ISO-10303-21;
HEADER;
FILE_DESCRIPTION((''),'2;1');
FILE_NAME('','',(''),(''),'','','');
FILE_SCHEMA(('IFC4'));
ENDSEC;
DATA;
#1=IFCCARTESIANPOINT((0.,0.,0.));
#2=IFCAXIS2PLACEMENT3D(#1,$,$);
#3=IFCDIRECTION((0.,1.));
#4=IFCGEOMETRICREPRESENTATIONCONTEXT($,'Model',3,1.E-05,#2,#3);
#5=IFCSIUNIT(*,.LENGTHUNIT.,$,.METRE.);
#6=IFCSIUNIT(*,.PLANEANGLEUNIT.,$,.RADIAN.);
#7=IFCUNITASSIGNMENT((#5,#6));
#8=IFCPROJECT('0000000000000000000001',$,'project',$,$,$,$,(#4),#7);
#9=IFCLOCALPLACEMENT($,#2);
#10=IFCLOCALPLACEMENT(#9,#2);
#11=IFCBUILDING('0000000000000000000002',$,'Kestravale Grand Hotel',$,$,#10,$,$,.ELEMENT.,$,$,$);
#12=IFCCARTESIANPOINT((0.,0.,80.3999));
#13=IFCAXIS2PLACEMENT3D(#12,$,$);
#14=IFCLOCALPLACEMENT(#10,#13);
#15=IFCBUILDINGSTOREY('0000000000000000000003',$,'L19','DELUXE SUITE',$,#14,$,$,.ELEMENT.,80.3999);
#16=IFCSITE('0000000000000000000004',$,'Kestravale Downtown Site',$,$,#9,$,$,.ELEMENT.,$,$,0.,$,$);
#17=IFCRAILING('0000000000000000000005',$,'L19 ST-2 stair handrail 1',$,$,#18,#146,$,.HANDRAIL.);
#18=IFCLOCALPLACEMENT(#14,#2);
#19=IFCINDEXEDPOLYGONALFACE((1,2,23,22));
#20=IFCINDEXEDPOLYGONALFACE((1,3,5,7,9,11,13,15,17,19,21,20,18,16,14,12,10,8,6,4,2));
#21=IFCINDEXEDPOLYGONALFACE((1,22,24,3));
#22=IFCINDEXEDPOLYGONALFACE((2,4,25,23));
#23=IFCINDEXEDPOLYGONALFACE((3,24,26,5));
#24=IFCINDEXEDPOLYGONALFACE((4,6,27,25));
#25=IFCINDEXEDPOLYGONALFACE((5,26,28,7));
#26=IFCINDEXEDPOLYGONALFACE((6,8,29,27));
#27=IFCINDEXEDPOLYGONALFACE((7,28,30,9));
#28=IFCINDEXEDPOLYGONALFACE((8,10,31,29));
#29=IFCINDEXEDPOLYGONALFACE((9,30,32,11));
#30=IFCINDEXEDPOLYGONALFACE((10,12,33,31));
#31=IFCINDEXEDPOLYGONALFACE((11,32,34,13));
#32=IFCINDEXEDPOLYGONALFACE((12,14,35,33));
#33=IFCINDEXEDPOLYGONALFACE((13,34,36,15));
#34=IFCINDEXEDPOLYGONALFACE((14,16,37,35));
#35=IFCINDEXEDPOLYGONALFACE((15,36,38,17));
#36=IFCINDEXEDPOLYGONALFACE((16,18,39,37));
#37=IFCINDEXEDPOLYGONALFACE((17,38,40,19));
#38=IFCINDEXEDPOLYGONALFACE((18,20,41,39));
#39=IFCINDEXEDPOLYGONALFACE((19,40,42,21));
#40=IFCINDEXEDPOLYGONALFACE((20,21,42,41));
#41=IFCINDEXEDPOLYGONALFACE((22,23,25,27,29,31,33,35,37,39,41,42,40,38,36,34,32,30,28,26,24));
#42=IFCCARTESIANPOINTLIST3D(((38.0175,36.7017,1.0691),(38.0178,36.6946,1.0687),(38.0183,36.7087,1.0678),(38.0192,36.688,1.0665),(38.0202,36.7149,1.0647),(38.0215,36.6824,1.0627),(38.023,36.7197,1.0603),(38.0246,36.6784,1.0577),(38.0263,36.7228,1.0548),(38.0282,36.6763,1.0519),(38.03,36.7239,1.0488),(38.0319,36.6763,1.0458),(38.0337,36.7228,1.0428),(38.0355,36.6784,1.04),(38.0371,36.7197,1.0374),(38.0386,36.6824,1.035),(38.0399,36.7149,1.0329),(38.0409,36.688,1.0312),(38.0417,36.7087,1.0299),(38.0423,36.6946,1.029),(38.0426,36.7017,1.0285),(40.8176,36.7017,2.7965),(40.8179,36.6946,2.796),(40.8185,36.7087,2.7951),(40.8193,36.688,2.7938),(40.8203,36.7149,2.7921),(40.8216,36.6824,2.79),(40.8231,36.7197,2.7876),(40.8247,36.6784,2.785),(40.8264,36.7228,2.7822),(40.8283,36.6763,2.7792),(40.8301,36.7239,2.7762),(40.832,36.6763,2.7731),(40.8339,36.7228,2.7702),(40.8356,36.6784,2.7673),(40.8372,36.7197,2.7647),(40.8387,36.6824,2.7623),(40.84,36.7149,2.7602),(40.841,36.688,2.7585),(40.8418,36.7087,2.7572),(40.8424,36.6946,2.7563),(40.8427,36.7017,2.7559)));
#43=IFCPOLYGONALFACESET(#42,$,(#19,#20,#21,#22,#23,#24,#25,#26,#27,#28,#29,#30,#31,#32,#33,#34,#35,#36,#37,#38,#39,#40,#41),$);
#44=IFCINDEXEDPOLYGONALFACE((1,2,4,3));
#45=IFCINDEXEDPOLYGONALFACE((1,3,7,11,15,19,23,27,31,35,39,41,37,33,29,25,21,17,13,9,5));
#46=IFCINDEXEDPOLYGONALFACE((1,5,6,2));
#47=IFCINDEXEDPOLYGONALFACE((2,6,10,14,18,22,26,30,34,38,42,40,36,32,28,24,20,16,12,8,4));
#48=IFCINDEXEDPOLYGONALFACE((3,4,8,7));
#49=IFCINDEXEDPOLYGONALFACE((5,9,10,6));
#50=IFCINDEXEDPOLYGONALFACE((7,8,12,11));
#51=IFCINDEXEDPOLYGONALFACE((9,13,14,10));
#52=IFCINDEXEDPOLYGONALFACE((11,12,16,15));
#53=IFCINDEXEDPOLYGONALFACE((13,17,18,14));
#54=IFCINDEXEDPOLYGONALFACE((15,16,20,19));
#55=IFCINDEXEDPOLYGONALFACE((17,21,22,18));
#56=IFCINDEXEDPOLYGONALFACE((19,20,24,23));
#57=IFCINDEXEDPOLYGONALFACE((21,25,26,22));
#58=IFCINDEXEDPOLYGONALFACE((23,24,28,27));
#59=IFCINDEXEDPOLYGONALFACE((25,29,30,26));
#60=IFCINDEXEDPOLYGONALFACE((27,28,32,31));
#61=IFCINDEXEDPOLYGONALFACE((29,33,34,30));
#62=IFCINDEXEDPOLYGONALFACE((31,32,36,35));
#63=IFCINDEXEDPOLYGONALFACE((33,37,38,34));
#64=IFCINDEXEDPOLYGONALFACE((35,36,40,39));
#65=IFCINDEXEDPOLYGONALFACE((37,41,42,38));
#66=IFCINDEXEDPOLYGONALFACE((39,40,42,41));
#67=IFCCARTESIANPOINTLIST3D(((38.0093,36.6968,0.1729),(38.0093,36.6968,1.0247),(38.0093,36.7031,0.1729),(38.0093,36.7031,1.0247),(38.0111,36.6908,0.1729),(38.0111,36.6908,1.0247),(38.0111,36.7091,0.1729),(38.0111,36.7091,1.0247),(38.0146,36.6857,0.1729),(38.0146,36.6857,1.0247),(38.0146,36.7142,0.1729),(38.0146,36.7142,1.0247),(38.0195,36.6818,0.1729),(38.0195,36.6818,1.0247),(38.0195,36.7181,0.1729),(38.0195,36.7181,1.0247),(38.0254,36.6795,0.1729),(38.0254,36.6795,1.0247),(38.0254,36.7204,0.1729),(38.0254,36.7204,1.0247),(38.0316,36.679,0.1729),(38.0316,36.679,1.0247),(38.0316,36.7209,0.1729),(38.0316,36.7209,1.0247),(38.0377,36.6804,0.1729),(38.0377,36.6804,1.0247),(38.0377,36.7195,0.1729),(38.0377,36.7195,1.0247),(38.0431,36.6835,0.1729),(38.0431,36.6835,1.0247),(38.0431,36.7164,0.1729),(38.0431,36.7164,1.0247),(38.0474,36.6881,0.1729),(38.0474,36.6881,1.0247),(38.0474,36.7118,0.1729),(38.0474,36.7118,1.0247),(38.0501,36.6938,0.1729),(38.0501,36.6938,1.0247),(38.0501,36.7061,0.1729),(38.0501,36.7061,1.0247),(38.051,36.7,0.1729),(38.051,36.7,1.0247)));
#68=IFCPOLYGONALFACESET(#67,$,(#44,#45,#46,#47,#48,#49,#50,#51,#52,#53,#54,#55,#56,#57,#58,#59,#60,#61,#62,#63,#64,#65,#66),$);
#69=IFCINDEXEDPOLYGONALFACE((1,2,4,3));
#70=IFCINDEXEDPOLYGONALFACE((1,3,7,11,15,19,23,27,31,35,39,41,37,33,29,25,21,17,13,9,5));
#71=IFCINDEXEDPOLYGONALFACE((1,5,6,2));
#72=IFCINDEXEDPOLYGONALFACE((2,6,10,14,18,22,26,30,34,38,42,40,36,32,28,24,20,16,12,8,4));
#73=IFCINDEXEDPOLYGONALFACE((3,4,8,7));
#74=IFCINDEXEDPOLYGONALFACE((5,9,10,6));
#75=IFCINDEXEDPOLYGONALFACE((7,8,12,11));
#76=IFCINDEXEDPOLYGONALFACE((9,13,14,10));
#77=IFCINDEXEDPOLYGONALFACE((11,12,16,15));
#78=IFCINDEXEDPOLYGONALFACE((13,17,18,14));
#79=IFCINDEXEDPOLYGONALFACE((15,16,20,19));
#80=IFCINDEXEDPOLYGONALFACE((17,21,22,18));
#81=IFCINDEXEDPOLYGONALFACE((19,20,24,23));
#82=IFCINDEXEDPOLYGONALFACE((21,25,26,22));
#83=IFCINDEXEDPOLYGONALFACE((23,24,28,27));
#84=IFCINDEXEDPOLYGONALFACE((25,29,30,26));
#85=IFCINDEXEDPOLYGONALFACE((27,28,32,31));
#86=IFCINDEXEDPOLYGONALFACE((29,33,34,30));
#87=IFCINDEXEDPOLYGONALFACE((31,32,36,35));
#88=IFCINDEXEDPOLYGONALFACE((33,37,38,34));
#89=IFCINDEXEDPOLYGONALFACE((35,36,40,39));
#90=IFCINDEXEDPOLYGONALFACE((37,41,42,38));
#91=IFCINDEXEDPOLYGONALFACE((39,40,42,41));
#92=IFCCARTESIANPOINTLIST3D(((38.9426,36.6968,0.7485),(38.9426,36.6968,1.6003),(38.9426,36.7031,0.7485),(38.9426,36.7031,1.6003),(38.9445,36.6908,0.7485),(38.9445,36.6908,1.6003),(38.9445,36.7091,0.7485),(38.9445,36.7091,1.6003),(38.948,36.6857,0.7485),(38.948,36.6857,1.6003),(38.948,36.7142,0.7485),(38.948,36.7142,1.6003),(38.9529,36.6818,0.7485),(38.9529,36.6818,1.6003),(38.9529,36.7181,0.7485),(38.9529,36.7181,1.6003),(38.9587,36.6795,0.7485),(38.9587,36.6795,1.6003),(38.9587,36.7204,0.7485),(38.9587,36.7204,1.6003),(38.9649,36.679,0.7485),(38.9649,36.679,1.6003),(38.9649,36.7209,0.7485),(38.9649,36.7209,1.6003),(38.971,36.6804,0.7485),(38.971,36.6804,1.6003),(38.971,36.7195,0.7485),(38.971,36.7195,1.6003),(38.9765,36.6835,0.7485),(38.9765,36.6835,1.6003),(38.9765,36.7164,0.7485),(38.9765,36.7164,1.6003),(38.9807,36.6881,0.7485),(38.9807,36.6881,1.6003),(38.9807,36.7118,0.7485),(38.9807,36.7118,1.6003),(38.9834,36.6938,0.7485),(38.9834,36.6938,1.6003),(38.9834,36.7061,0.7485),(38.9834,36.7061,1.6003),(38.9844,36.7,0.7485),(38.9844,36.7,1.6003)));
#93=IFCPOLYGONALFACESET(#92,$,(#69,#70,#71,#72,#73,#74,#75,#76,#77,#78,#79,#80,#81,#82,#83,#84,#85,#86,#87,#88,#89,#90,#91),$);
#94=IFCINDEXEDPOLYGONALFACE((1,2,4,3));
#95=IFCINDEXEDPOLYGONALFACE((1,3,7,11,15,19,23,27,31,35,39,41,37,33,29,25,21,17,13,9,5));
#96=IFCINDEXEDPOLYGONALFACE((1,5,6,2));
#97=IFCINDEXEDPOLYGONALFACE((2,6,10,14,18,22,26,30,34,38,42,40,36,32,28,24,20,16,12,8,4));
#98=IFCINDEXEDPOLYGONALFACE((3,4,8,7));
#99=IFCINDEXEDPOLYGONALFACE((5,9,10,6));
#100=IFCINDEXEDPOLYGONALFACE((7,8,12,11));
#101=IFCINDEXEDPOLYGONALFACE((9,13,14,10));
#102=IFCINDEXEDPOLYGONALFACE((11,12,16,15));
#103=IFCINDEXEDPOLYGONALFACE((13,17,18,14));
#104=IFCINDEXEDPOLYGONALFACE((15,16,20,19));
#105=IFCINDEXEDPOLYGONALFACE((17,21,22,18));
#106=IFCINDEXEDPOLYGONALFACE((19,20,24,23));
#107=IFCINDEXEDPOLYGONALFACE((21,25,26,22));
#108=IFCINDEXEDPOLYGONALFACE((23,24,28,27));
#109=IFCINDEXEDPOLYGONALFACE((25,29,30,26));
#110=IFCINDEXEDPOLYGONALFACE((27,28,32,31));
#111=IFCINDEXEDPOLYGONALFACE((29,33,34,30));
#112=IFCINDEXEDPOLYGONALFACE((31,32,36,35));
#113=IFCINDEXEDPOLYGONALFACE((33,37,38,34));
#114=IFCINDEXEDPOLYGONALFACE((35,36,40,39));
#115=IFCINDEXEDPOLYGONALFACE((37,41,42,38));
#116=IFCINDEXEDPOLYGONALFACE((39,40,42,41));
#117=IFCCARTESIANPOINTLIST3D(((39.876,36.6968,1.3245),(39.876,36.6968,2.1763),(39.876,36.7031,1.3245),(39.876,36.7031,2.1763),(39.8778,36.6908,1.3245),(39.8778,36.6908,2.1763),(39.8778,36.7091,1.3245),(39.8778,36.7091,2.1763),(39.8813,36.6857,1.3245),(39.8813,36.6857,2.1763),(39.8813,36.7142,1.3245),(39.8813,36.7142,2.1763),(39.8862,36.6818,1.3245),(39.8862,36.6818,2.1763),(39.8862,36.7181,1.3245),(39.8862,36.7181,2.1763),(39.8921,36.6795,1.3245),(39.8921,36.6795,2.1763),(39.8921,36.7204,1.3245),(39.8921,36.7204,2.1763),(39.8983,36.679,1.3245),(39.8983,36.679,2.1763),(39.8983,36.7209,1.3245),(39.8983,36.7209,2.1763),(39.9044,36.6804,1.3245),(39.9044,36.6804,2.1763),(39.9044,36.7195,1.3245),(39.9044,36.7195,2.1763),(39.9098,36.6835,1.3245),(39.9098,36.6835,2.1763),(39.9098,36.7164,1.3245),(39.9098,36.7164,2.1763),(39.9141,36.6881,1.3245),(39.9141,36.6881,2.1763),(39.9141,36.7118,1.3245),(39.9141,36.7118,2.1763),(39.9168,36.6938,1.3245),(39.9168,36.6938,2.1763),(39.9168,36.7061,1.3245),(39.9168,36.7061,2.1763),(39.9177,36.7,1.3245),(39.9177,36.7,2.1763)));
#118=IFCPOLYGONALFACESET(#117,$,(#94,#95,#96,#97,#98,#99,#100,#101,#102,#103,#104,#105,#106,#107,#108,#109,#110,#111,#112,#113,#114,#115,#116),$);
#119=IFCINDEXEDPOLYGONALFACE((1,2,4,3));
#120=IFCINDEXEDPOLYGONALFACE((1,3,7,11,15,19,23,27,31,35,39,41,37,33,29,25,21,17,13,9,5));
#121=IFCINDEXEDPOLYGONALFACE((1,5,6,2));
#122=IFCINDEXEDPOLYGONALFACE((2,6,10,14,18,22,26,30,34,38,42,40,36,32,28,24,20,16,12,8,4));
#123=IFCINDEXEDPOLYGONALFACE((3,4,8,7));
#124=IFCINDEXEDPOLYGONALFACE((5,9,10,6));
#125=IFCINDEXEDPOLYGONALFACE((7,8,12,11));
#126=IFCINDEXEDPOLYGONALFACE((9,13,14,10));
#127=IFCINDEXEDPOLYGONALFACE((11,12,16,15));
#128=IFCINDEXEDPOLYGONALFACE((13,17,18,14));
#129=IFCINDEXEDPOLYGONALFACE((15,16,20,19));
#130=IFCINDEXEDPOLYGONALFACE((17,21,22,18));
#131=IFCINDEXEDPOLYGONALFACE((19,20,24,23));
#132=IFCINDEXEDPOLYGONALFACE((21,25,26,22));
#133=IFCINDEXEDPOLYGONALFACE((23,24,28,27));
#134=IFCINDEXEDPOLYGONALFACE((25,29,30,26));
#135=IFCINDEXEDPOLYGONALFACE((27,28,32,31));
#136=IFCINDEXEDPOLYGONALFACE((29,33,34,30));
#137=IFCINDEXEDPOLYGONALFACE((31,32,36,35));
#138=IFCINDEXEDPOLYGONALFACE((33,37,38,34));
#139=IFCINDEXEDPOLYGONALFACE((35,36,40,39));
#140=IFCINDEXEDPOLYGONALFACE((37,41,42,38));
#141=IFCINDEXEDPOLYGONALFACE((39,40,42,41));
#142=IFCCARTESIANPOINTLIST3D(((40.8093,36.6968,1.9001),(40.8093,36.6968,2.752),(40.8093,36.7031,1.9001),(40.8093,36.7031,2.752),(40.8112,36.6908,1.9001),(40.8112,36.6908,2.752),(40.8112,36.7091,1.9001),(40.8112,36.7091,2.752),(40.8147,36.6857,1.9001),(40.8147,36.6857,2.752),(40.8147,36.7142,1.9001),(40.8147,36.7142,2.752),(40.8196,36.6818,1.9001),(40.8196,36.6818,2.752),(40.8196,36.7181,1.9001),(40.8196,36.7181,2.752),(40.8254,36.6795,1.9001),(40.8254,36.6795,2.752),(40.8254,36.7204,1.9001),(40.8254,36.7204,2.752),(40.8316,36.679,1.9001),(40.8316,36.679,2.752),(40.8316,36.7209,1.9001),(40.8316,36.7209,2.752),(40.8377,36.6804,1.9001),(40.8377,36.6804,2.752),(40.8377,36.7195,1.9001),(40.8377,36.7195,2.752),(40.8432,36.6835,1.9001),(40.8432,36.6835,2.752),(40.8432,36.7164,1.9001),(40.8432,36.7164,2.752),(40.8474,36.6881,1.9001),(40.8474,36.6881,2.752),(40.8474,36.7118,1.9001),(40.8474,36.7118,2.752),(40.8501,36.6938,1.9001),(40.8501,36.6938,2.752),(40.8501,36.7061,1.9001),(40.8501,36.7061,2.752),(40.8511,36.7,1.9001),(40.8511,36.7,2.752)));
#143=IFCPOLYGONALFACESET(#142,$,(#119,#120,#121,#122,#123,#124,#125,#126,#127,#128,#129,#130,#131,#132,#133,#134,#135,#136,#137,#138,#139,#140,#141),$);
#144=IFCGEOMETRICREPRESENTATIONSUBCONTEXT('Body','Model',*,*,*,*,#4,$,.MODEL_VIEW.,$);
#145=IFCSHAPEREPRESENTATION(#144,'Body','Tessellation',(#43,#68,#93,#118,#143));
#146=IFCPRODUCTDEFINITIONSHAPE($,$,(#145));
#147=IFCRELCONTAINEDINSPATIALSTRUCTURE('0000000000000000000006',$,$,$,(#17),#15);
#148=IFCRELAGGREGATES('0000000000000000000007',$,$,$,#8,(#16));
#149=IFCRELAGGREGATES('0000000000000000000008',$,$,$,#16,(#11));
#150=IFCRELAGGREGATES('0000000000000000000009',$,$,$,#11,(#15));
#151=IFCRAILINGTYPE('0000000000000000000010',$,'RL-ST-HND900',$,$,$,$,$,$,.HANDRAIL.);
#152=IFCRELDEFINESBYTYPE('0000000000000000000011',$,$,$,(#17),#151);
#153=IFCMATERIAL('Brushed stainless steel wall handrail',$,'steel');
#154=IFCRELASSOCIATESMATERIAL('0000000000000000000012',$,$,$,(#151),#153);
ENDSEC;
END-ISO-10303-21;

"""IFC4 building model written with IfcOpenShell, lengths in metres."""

from ifc_helpers import new_model, si_unit, direction, frame, origin, origin_2d, place, context, subcontext, project, spatial, circle, extrude, material, type_object, element, save


model = new_model("IFC4")

# Units and contexts
model_context = context("Model", 3, precision=1e-05, world=origin(), true_north=direction((0.0, 1.0)))
body_context = subcontext(model_context, "Body", "Model", "MODEL_VIEW")
ifc_project = project(units=[si_unit("LENGTHUNIT", "METRE"), si_unit("PLANEANGLEUNIT", "RADIAN")], contexts=[model_context])

# Site, building, storey
site_placement = place(None, origin())
site = spatial("IfcSite", under=ifc_project, at=site_placement, Name="Kestravale Downtown Site", CompositionType="ELEMENT", RefElevation=0.0)
building_placement = place(site_placement, origin())
building = spatial("IfcBuilding", under=site, at=building_placement, Name="Kestravale Grand Hotel", CompositionType="ELEMENT")
storey_placement = place(building_placement, frame((0.0, 0.0, 80.3999)))
storey = spatial("IfcBuildingStorey", under=building, at=storey_placement, Name="L19", Description="DELUXE SUITE", CompositionType="ELEMENT", Elevation=80.3999)

# Railing
ifc_material_1 = material(Name="Brushed stainless steel wall handrail", Category="steel")
railing_type_1 = type_object("IfcRailingType", Name="RL-ST-HND900", PredefinedType="HANDRAIL", material=ifc_material_1)
railing_1_placement = place(storey_placement, frame((38.03, 36.7, 0.1729)))
element("IfcRailing", 1, at=railing_1_placement, inside=storey, type_object=railing_type_1, Name="L19 ST-2 stair handrail 1", PredefinedType="HANDRAIL", context=body_context, shape_type="SweptSolid", body=[
    extrude(circle(Radius=0.0239, at=origin_2d()), frame((0.0, 0.0, 0.876), z_axis=(0.85109, 0.0, 0.52502), x_axis=(0.0, 1.0, 0.0)), (0.0, 0.0, 1.0), 3.29),
    extrude(circle(Radius=0.021, at=origin_2d()), origin(), (0.0, 0.0, 1.0), 0.8518),
    extrude(circle(Radius=0.021, at=origin_2d()), frame((0.9333, 0.0, 0.5757)), (0.0, 0.0, 1.0), 0.8518),
    extrude(circle(Radius=0.021, at=origin_2d()), frame((1.8667, 0.0, 1.1516)), (0.0, 0.0, 1.0), 0.8518),
    extrude(circle(Radius=0.021, at=origin_2d()), frame((2.8, 0.0, 1.7273)), (0.0, 0.0, 1.0), 0.8518),
])

save(model, "model.ifc")
